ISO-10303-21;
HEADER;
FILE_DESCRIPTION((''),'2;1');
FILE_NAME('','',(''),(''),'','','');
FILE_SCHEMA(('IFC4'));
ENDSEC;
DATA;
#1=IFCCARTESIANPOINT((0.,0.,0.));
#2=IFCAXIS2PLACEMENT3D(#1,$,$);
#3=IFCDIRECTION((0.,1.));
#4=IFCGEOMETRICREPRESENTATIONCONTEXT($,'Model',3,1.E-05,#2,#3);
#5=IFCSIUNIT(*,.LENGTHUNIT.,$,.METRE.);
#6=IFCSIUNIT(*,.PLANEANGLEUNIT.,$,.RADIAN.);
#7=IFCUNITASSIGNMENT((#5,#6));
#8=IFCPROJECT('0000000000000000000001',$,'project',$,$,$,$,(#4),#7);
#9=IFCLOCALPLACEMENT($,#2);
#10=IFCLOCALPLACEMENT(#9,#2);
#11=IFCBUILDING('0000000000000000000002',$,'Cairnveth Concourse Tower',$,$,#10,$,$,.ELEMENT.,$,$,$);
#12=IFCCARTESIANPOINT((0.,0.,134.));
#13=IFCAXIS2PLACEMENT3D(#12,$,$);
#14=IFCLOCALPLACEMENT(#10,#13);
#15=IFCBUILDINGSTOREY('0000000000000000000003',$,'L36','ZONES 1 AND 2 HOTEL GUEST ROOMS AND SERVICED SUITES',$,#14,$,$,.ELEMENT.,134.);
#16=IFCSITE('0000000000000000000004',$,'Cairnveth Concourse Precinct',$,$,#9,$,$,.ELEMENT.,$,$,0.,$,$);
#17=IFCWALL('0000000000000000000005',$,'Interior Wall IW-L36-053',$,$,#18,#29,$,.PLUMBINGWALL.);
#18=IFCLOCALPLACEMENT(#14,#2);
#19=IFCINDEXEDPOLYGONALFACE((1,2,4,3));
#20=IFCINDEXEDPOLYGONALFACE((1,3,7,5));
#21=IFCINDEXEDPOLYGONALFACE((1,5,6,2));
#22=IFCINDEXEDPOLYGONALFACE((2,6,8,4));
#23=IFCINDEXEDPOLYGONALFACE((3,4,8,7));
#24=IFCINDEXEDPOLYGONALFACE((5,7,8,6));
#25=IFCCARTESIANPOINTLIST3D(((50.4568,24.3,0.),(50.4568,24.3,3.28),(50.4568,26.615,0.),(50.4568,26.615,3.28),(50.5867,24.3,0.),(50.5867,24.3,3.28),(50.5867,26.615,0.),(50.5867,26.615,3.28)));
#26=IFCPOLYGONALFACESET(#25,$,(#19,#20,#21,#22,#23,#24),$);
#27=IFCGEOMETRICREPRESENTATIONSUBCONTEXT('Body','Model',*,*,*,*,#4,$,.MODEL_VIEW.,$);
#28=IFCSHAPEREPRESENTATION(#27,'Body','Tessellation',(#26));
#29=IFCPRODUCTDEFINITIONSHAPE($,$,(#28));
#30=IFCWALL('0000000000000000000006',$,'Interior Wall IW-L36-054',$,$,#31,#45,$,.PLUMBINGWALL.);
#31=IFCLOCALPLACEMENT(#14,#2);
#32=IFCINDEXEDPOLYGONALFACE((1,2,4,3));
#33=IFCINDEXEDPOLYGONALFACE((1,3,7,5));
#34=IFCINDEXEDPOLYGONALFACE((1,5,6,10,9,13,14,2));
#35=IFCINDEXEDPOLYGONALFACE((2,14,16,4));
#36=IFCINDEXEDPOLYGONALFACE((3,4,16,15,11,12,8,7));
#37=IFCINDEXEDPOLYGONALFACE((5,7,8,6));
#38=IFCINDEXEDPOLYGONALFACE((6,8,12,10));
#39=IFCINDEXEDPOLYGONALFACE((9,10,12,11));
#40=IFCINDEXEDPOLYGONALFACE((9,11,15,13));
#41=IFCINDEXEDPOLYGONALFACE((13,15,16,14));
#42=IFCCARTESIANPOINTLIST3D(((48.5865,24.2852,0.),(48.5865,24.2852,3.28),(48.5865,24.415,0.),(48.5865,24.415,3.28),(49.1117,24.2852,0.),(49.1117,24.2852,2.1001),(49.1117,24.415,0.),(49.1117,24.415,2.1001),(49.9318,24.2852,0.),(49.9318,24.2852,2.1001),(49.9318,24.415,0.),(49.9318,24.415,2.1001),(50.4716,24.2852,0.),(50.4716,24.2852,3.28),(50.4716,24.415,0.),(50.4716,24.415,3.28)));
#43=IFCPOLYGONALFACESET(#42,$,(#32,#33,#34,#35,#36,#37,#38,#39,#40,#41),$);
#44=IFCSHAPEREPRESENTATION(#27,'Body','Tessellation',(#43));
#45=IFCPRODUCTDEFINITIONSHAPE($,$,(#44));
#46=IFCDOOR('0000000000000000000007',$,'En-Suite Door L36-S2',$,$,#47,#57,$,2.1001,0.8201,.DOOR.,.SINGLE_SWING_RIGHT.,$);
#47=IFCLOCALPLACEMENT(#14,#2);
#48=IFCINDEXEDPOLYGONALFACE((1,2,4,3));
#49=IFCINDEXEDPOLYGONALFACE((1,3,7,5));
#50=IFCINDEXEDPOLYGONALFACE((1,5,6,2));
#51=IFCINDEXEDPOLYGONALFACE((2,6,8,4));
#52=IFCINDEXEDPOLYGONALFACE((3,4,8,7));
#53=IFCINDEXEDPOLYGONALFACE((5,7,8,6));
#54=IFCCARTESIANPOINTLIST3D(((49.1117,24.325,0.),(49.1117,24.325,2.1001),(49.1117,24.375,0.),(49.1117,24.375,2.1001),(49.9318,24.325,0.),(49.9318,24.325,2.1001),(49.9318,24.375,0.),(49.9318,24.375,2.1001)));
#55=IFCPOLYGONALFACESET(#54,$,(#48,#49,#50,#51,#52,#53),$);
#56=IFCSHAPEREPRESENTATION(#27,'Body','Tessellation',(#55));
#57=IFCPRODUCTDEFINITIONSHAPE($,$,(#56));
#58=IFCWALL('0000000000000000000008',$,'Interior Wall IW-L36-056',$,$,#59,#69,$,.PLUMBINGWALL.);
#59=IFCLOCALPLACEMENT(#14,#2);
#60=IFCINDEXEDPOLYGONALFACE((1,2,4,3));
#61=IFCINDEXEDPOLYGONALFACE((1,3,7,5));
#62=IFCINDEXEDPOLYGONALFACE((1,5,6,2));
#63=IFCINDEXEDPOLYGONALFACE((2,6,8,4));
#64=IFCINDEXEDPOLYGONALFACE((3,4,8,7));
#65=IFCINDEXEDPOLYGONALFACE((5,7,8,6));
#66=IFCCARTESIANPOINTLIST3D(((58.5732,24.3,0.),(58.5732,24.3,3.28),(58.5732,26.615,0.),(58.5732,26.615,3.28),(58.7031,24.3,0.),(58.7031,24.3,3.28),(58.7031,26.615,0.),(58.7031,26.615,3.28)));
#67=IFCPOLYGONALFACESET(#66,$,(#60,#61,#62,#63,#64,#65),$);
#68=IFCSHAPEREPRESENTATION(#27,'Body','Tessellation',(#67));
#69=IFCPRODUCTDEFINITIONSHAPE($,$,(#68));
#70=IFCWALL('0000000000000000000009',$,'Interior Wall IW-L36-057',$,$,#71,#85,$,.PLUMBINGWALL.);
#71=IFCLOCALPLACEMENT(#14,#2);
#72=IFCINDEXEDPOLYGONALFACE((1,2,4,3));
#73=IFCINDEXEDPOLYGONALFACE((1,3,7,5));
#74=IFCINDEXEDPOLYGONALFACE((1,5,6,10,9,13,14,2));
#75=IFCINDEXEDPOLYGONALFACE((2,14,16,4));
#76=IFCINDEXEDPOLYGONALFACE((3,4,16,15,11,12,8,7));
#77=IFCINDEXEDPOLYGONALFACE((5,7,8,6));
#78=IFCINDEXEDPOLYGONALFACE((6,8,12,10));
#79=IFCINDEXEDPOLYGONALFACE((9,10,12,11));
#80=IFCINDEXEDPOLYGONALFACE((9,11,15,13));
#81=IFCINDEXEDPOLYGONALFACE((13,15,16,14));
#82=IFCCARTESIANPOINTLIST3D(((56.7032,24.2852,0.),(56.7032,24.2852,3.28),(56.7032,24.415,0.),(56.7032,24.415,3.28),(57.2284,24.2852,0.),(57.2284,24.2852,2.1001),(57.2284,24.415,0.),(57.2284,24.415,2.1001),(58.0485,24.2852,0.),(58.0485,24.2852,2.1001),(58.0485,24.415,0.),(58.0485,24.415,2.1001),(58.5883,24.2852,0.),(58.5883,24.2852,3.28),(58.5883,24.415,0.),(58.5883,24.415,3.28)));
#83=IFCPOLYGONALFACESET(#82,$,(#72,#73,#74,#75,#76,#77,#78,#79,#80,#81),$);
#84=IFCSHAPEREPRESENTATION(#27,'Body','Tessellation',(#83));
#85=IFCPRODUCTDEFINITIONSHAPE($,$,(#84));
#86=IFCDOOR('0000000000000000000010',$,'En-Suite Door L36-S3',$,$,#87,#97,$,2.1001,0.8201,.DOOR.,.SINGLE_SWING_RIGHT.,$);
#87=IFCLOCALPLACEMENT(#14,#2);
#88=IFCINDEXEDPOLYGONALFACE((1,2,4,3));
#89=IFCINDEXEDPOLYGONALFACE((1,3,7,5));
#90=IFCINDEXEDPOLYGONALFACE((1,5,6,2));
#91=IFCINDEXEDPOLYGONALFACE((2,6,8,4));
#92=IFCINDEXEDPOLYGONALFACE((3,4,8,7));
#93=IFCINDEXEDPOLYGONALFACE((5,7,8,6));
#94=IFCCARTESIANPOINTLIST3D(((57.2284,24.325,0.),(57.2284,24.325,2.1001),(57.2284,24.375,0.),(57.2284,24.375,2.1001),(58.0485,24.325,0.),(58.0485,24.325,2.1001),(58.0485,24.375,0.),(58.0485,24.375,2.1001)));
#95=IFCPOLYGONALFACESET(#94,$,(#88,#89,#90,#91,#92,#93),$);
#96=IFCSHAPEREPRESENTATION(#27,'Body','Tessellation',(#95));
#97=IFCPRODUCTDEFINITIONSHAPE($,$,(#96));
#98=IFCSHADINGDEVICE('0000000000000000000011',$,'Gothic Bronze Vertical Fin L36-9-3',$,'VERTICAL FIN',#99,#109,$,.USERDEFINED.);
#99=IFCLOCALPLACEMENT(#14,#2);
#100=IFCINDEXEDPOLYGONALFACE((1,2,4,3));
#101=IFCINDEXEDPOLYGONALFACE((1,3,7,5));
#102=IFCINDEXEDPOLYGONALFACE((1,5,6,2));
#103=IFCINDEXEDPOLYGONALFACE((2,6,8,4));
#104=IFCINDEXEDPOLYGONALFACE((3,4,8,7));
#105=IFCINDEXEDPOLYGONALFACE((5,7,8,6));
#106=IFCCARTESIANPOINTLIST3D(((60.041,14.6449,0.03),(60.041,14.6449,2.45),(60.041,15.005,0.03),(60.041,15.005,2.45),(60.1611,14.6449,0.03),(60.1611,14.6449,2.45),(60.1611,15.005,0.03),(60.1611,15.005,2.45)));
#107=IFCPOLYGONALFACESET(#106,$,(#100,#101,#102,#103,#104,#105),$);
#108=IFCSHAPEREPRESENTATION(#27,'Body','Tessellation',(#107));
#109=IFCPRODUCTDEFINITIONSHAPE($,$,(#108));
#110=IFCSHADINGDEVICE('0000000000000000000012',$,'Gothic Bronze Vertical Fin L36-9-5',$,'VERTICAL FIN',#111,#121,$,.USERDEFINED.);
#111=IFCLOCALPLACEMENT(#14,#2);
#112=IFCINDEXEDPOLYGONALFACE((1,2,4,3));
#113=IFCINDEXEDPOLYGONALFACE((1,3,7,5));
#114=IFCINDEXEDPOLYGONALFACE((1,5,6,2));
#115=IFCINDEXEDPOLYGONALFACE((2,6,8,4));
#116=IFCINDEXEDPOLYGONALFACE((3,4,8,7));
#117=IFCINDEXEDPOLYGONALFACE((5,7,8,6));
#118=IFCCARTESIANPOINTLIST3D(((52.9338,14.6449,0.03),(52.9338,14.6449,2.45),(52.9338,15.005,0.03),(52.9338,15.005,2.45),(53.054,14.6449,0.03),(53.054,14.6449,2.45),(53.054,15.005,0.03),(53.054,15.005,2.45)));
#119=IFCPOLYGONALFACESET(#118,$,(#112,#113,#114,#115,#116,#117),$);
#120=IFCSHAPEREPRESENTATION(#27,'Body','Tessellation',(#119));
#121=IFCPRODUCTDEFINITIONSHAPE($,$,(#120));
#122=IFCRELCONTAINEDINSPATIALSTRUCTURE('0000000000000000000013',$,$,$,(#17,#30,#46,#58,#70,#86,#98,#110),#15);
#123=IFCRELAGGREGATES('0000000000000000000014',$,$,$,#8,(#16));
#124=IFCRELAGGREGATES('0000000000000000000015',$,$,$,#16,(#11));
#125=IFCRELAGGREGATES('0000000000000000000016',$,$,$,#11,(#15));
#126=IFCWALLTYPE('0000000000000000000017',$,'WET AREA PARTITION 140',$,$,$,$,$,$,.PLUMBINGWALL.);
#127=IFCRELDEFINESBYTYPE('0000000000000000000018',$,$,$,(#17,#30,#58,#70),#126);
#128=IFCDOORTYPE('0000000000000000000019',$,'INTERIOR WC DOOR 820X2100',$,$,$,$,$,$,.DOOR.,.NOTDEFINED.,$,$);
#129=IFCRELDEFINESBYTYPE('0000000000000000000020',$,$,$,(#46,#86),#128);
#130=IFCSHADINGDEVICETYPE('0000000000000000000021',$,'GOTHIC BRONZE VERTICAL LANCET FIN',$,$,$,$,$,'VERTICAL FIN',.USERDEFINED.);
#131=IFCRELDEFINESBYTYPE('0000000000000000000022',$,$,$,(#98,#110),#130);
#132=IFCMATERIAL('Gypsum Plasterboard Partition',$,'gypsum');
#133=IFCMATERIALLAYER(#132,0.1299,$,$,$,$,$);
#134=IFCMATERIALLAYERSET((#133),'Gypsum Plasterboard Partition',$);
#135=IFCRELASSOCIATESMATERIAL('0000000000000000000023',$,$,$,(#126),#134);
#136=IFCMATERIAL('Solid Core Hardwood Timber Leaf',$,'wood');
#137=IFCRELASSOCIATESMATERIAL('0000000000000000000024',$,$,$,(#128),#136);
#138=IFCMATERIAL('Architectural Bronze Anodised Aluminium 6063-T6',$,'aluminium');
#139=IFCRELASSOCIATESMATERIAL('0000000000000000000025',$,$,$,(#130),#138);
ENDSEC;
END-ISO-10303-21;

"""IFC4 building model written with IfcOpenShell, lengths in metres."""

from ifc_helpers import new_model, si_unit, direction, frame, frame_2d, origin, origin_2d, place, context, subcontext, project, spatial, rectangle, extrude, material, layer, layer_set, type_object, element, fill, save


model = new_model("IFC4")

# Units and contexts
model_context = context("Model", 3, precision=1e-05, world=origin(), true_north=direction((0.0, 1.0)))
body_context = subcontext(model_context, "Body", "Model", "MODEL_VIEW")
ifc_project = project(units=[si_unit("LENGTHUNIT", "METRE"), si_unit("PLANEANGLEUNIT", "RADIAN")], contexts=[model_context])

# Site, building, storey
site_placement = place(None, origin())
site = spatial("IfcSite", under=ifc_project, at=site_placement, Name="Cairnveth Concourse Precinct", CompositionType="ELEMENT", RefElevation=0.0)
building_placement = place(site_placement, origin())
building = spatial("IfcBuilding", under=site, at=building_placement, Name="Cairnveth Concourse Tower", CompositionType="ELEMENT")
storey_placement = place(building_placement, frame((0.0, 0.0, 134.0)))
storey = spatial("IfcBuildingStorey", under=building, at=storey_placement, Name="L36", Description="ZONES 1 AND 2 HOTEL GUEST ROOMS AND SERVICED SUITES", CompositionType="ELEMENT", Elevation=134.0)

# Shared definitions
ifc_material_1 = material(Name="Gypsum Plasterboard Partition", Category="gypsum")
ifc_material_2 = material(Name="Solid Core Hardwood Timber Leaf", Category="wood")

# Wall
ifc_layer_1 = layer(ifc_material_1, 0.1299)
ifc_layer_set_1 = layer_set([ifc_layer_1], Name="Gypsum Plasterboard Partition")
wall_type_1 = type_object("IfcWallType", Name="WET AREA PARTITION 140", PredefinedType="PLUMBINGWALL", material=ifc_layer_set_1)
wall_1_placement = place(storey_placement, frame((50.5217, 24.3, 0.0), z_axis=(0.0, 0.0, 1.0), x_axis=(0.0, 1.0, 0.0)))
element("IfcWall", 1, at=wall_1_placement, inside=storey, type_object=wall_type_1, Name="Interior Wall IW-L36-053", PredefinedType="PLUMBINGWALL", context=body_context, shape_type="SweptSolid", body=[
    extrude(rectangle(XDim=2.3149, YDim=0.1299, at=frame_2d((1.1575, 0.0))), origin(), (0.0, 0.0, 1.0), 3.28),
])

# Wall, opening, door
wall_2_placement = place(storey_placement, frame((48.5867, 24.3501, 0.0), z_axis=(0.0, 0.0, 1.0), x_axis=(1.0, 0.0, 0.0)))
wall_2 = element("IfcWall", 2, at=wall_2_placement, inside=storey, type_object=wall_type_1, Name="Interior Wall IW-L36-054", PredefinedType="PLUMBINGWALL", context=body_context, shape_type="SweptSolid", body=[
    extrude(rectangle(XDim=1.885, YDim=0.1299, at=frame_2d((0.9424, 0.0))), origin(), (0.0, 0.0, 1.0), 3.28),
])
opening_1_placement = place(wall_2_placement, frame((0.5249, 0.0, 0.0)))
opening_1 = element("IfcOpeningElement", 3, at=opening_1_placement, cuts=wall_2, PredefinedType="OPENING", context=body_context, shape_type="SweptSolid", body=[
    extrude(rectangle(XDim=0.8201, YDim=2.1001, at=frame_2d((0.4102, 1.05))), frame((0.0, 0.075, 0.0), z_axis=(0.0, -1.0, 0.0), x_axis=(1.0, 0.0, 0.0)), (0.0, 0.0, 1.0), 0.1499),
])
door_type_1 = type_object("IfcDoorType", Name="INTERIOR WC DOOR 820X2100", OperationType="NOTDEFINED", PredefinedType="DOOR", material=ifc_material_2)
door_1_placement = place(opening_1_placement, origin())
door_1 = element("IfcDoor", 4, at=door_1_placement, inside=storey, type_object=door_type_1, Name="En-Suite Door L36-S2", OperationType="SINGLE_SWING_RIGHT", OverallHeight=2.1001, OverallWidth=0.8201, PredefinedType="DOOR", context=body_context, shape_type="SweptSolid", body=[
    extrude(rectangle(XDim=0.8201, YDim=2.1001, at=frame_2d((0.4102, 1.05))), frame((0.0, 0.0249, 0.0), z_axis=(0.0, -1.0, 0.0), x_axis=(1.0, 0.0, 0.0)), (0.0, 0.0, 1.0), 0.05),
])
fill(opening_1, door_1)

# Wall
wall_3_placement = place(storey_placement, frame((58.6382, 24.3, 0.0), z_axis=(0.0, 0.0, 1.0), x_axis=(0.0, 1.0, 0.0)))
element("IfcWall", 5, at=wall_3_placement, inside=storey, type_object=wall_type_1, Name="Interior Wall IW-L36-056", PredefinedType="PLUMBINGWALL", context=body_context, shape_type="SweptSolid", body=[
    extrude(rectangle(XDim=2.3149, YDim=0.1299, at=frame_2d((1.1575, 0.0))), origin(), (0.0, 0.0, 1.0), 3.28),
])

# Wall, opening, door
wall_4_placement = place(storey_placement, frame((56.7034, 24.3501, 0.0), z_axis=(0.0, 0.0, 1.0), x_axis=(1.0, 0.0, 0.0)))
wall_4 = element("IfcWall", 6, at=wall_4_placement, inside=storey, type_object=wall_type_1, Name="Interior Wall IW-L36-057", PredefinedType="PLUMBINGWALL", context=body_context, shape_type="SweptSolid", body=[
    extrude(rectangle(XDim=1.885, YDim=0.1299, at=frame_2d((0.9424, 0.0))), origin(), (0.0, 0.0, 1.0), 3.28),
])
opening_2_placement = place(wall_4_placement, frame((0.5249, 0.0, 0.0)))
opening_2 = element("IfcOpeningElement", 7, at=opening_2_placement, cuts=wall_4, PredefinedType="OPENING", context=body_context, shape_type="SweptSolid", body=[
    extrude(rectangle(XDim=0.8201, YDim=2.1001, at=frame_2d((0.4102, 1.05))), frame((0.0, 0.075, 0.0), z_axis=(0.0, -1.0, 0.0), x_axis=(1.0, 0.0, 0.0)), (0.0, 0.0, 1.0), 0.1499),
])
door_2_placement = place(opening_2_placement, origin())
door_2 = element("IfcDoor", 8, at=door_2_placement, inside=storey, type_object=door_type_1, Name="En-Suite Door L36-S3", OperationType="SINGLE_SWING_RIGHT", OverallHeight=2.1001, OverallWidth=0.8201, PredefinedType="DOOR", context=body_context, shape_type="SweptSolid", body=[
    extrude(rectangle(XDim=0.8201, YDim=2.1001, at=frame_2d((0.4102, 1.05))), frame((0.0, 0.0249, 0.0), z_axis=(0.0, -1.0, 0.0), x_axis=(1.0, 0.0, 0.0)), (0.0, 0.0, 1.0), 0.05),
])
fill(opening_2, door_2)

# Shading devices
ifc_material_3 = material(Name="Architectural Bronze Anodised Aluminium 6063-T6", Category="aluminium")
shading_device_type = type_object("IfcShadingDeviceType", Name="GOTHIC BRONZE VERTICAL LANCET FIN", ElementType="VERTICAL FIN", PredefinedType="USERDEFINED", material=ifc_material_3)
for number, where, z_axis, x_axis, name in (
    (9, (60.1011, 14.825, 0.03), (0.0, 0.0, 1.0), (1.0, 0.0, 0.0), "Gothic Bronze Vertical Fin L36-9-3"),
    (10, (52.9939, 14.825, 0.03), (0.0, 0.0, 1.0), (1.0, 0.0, 0.0), "Gothic Bronze Vertical Fin L36-9-5"),
):
    element("IfcShadingDevice", number, at=place(storey_placement, frame(where, z_axis=z_axis, x_axis=x_axis)), inside=storey, type_object=shading_device_type, Name=name, ObjectType="VERTICAL FIN", PredefinedType="USERDEFINED", context=body_context, shape_type="SweptSolid", body=[
        extrude(rectangle(XDim=0.1201, YDim=0.3601, at=origin_2d()), origin(), (0.0, 0.0, 1.0), 2.4199),
    ])

save(model, "model.ifc")
